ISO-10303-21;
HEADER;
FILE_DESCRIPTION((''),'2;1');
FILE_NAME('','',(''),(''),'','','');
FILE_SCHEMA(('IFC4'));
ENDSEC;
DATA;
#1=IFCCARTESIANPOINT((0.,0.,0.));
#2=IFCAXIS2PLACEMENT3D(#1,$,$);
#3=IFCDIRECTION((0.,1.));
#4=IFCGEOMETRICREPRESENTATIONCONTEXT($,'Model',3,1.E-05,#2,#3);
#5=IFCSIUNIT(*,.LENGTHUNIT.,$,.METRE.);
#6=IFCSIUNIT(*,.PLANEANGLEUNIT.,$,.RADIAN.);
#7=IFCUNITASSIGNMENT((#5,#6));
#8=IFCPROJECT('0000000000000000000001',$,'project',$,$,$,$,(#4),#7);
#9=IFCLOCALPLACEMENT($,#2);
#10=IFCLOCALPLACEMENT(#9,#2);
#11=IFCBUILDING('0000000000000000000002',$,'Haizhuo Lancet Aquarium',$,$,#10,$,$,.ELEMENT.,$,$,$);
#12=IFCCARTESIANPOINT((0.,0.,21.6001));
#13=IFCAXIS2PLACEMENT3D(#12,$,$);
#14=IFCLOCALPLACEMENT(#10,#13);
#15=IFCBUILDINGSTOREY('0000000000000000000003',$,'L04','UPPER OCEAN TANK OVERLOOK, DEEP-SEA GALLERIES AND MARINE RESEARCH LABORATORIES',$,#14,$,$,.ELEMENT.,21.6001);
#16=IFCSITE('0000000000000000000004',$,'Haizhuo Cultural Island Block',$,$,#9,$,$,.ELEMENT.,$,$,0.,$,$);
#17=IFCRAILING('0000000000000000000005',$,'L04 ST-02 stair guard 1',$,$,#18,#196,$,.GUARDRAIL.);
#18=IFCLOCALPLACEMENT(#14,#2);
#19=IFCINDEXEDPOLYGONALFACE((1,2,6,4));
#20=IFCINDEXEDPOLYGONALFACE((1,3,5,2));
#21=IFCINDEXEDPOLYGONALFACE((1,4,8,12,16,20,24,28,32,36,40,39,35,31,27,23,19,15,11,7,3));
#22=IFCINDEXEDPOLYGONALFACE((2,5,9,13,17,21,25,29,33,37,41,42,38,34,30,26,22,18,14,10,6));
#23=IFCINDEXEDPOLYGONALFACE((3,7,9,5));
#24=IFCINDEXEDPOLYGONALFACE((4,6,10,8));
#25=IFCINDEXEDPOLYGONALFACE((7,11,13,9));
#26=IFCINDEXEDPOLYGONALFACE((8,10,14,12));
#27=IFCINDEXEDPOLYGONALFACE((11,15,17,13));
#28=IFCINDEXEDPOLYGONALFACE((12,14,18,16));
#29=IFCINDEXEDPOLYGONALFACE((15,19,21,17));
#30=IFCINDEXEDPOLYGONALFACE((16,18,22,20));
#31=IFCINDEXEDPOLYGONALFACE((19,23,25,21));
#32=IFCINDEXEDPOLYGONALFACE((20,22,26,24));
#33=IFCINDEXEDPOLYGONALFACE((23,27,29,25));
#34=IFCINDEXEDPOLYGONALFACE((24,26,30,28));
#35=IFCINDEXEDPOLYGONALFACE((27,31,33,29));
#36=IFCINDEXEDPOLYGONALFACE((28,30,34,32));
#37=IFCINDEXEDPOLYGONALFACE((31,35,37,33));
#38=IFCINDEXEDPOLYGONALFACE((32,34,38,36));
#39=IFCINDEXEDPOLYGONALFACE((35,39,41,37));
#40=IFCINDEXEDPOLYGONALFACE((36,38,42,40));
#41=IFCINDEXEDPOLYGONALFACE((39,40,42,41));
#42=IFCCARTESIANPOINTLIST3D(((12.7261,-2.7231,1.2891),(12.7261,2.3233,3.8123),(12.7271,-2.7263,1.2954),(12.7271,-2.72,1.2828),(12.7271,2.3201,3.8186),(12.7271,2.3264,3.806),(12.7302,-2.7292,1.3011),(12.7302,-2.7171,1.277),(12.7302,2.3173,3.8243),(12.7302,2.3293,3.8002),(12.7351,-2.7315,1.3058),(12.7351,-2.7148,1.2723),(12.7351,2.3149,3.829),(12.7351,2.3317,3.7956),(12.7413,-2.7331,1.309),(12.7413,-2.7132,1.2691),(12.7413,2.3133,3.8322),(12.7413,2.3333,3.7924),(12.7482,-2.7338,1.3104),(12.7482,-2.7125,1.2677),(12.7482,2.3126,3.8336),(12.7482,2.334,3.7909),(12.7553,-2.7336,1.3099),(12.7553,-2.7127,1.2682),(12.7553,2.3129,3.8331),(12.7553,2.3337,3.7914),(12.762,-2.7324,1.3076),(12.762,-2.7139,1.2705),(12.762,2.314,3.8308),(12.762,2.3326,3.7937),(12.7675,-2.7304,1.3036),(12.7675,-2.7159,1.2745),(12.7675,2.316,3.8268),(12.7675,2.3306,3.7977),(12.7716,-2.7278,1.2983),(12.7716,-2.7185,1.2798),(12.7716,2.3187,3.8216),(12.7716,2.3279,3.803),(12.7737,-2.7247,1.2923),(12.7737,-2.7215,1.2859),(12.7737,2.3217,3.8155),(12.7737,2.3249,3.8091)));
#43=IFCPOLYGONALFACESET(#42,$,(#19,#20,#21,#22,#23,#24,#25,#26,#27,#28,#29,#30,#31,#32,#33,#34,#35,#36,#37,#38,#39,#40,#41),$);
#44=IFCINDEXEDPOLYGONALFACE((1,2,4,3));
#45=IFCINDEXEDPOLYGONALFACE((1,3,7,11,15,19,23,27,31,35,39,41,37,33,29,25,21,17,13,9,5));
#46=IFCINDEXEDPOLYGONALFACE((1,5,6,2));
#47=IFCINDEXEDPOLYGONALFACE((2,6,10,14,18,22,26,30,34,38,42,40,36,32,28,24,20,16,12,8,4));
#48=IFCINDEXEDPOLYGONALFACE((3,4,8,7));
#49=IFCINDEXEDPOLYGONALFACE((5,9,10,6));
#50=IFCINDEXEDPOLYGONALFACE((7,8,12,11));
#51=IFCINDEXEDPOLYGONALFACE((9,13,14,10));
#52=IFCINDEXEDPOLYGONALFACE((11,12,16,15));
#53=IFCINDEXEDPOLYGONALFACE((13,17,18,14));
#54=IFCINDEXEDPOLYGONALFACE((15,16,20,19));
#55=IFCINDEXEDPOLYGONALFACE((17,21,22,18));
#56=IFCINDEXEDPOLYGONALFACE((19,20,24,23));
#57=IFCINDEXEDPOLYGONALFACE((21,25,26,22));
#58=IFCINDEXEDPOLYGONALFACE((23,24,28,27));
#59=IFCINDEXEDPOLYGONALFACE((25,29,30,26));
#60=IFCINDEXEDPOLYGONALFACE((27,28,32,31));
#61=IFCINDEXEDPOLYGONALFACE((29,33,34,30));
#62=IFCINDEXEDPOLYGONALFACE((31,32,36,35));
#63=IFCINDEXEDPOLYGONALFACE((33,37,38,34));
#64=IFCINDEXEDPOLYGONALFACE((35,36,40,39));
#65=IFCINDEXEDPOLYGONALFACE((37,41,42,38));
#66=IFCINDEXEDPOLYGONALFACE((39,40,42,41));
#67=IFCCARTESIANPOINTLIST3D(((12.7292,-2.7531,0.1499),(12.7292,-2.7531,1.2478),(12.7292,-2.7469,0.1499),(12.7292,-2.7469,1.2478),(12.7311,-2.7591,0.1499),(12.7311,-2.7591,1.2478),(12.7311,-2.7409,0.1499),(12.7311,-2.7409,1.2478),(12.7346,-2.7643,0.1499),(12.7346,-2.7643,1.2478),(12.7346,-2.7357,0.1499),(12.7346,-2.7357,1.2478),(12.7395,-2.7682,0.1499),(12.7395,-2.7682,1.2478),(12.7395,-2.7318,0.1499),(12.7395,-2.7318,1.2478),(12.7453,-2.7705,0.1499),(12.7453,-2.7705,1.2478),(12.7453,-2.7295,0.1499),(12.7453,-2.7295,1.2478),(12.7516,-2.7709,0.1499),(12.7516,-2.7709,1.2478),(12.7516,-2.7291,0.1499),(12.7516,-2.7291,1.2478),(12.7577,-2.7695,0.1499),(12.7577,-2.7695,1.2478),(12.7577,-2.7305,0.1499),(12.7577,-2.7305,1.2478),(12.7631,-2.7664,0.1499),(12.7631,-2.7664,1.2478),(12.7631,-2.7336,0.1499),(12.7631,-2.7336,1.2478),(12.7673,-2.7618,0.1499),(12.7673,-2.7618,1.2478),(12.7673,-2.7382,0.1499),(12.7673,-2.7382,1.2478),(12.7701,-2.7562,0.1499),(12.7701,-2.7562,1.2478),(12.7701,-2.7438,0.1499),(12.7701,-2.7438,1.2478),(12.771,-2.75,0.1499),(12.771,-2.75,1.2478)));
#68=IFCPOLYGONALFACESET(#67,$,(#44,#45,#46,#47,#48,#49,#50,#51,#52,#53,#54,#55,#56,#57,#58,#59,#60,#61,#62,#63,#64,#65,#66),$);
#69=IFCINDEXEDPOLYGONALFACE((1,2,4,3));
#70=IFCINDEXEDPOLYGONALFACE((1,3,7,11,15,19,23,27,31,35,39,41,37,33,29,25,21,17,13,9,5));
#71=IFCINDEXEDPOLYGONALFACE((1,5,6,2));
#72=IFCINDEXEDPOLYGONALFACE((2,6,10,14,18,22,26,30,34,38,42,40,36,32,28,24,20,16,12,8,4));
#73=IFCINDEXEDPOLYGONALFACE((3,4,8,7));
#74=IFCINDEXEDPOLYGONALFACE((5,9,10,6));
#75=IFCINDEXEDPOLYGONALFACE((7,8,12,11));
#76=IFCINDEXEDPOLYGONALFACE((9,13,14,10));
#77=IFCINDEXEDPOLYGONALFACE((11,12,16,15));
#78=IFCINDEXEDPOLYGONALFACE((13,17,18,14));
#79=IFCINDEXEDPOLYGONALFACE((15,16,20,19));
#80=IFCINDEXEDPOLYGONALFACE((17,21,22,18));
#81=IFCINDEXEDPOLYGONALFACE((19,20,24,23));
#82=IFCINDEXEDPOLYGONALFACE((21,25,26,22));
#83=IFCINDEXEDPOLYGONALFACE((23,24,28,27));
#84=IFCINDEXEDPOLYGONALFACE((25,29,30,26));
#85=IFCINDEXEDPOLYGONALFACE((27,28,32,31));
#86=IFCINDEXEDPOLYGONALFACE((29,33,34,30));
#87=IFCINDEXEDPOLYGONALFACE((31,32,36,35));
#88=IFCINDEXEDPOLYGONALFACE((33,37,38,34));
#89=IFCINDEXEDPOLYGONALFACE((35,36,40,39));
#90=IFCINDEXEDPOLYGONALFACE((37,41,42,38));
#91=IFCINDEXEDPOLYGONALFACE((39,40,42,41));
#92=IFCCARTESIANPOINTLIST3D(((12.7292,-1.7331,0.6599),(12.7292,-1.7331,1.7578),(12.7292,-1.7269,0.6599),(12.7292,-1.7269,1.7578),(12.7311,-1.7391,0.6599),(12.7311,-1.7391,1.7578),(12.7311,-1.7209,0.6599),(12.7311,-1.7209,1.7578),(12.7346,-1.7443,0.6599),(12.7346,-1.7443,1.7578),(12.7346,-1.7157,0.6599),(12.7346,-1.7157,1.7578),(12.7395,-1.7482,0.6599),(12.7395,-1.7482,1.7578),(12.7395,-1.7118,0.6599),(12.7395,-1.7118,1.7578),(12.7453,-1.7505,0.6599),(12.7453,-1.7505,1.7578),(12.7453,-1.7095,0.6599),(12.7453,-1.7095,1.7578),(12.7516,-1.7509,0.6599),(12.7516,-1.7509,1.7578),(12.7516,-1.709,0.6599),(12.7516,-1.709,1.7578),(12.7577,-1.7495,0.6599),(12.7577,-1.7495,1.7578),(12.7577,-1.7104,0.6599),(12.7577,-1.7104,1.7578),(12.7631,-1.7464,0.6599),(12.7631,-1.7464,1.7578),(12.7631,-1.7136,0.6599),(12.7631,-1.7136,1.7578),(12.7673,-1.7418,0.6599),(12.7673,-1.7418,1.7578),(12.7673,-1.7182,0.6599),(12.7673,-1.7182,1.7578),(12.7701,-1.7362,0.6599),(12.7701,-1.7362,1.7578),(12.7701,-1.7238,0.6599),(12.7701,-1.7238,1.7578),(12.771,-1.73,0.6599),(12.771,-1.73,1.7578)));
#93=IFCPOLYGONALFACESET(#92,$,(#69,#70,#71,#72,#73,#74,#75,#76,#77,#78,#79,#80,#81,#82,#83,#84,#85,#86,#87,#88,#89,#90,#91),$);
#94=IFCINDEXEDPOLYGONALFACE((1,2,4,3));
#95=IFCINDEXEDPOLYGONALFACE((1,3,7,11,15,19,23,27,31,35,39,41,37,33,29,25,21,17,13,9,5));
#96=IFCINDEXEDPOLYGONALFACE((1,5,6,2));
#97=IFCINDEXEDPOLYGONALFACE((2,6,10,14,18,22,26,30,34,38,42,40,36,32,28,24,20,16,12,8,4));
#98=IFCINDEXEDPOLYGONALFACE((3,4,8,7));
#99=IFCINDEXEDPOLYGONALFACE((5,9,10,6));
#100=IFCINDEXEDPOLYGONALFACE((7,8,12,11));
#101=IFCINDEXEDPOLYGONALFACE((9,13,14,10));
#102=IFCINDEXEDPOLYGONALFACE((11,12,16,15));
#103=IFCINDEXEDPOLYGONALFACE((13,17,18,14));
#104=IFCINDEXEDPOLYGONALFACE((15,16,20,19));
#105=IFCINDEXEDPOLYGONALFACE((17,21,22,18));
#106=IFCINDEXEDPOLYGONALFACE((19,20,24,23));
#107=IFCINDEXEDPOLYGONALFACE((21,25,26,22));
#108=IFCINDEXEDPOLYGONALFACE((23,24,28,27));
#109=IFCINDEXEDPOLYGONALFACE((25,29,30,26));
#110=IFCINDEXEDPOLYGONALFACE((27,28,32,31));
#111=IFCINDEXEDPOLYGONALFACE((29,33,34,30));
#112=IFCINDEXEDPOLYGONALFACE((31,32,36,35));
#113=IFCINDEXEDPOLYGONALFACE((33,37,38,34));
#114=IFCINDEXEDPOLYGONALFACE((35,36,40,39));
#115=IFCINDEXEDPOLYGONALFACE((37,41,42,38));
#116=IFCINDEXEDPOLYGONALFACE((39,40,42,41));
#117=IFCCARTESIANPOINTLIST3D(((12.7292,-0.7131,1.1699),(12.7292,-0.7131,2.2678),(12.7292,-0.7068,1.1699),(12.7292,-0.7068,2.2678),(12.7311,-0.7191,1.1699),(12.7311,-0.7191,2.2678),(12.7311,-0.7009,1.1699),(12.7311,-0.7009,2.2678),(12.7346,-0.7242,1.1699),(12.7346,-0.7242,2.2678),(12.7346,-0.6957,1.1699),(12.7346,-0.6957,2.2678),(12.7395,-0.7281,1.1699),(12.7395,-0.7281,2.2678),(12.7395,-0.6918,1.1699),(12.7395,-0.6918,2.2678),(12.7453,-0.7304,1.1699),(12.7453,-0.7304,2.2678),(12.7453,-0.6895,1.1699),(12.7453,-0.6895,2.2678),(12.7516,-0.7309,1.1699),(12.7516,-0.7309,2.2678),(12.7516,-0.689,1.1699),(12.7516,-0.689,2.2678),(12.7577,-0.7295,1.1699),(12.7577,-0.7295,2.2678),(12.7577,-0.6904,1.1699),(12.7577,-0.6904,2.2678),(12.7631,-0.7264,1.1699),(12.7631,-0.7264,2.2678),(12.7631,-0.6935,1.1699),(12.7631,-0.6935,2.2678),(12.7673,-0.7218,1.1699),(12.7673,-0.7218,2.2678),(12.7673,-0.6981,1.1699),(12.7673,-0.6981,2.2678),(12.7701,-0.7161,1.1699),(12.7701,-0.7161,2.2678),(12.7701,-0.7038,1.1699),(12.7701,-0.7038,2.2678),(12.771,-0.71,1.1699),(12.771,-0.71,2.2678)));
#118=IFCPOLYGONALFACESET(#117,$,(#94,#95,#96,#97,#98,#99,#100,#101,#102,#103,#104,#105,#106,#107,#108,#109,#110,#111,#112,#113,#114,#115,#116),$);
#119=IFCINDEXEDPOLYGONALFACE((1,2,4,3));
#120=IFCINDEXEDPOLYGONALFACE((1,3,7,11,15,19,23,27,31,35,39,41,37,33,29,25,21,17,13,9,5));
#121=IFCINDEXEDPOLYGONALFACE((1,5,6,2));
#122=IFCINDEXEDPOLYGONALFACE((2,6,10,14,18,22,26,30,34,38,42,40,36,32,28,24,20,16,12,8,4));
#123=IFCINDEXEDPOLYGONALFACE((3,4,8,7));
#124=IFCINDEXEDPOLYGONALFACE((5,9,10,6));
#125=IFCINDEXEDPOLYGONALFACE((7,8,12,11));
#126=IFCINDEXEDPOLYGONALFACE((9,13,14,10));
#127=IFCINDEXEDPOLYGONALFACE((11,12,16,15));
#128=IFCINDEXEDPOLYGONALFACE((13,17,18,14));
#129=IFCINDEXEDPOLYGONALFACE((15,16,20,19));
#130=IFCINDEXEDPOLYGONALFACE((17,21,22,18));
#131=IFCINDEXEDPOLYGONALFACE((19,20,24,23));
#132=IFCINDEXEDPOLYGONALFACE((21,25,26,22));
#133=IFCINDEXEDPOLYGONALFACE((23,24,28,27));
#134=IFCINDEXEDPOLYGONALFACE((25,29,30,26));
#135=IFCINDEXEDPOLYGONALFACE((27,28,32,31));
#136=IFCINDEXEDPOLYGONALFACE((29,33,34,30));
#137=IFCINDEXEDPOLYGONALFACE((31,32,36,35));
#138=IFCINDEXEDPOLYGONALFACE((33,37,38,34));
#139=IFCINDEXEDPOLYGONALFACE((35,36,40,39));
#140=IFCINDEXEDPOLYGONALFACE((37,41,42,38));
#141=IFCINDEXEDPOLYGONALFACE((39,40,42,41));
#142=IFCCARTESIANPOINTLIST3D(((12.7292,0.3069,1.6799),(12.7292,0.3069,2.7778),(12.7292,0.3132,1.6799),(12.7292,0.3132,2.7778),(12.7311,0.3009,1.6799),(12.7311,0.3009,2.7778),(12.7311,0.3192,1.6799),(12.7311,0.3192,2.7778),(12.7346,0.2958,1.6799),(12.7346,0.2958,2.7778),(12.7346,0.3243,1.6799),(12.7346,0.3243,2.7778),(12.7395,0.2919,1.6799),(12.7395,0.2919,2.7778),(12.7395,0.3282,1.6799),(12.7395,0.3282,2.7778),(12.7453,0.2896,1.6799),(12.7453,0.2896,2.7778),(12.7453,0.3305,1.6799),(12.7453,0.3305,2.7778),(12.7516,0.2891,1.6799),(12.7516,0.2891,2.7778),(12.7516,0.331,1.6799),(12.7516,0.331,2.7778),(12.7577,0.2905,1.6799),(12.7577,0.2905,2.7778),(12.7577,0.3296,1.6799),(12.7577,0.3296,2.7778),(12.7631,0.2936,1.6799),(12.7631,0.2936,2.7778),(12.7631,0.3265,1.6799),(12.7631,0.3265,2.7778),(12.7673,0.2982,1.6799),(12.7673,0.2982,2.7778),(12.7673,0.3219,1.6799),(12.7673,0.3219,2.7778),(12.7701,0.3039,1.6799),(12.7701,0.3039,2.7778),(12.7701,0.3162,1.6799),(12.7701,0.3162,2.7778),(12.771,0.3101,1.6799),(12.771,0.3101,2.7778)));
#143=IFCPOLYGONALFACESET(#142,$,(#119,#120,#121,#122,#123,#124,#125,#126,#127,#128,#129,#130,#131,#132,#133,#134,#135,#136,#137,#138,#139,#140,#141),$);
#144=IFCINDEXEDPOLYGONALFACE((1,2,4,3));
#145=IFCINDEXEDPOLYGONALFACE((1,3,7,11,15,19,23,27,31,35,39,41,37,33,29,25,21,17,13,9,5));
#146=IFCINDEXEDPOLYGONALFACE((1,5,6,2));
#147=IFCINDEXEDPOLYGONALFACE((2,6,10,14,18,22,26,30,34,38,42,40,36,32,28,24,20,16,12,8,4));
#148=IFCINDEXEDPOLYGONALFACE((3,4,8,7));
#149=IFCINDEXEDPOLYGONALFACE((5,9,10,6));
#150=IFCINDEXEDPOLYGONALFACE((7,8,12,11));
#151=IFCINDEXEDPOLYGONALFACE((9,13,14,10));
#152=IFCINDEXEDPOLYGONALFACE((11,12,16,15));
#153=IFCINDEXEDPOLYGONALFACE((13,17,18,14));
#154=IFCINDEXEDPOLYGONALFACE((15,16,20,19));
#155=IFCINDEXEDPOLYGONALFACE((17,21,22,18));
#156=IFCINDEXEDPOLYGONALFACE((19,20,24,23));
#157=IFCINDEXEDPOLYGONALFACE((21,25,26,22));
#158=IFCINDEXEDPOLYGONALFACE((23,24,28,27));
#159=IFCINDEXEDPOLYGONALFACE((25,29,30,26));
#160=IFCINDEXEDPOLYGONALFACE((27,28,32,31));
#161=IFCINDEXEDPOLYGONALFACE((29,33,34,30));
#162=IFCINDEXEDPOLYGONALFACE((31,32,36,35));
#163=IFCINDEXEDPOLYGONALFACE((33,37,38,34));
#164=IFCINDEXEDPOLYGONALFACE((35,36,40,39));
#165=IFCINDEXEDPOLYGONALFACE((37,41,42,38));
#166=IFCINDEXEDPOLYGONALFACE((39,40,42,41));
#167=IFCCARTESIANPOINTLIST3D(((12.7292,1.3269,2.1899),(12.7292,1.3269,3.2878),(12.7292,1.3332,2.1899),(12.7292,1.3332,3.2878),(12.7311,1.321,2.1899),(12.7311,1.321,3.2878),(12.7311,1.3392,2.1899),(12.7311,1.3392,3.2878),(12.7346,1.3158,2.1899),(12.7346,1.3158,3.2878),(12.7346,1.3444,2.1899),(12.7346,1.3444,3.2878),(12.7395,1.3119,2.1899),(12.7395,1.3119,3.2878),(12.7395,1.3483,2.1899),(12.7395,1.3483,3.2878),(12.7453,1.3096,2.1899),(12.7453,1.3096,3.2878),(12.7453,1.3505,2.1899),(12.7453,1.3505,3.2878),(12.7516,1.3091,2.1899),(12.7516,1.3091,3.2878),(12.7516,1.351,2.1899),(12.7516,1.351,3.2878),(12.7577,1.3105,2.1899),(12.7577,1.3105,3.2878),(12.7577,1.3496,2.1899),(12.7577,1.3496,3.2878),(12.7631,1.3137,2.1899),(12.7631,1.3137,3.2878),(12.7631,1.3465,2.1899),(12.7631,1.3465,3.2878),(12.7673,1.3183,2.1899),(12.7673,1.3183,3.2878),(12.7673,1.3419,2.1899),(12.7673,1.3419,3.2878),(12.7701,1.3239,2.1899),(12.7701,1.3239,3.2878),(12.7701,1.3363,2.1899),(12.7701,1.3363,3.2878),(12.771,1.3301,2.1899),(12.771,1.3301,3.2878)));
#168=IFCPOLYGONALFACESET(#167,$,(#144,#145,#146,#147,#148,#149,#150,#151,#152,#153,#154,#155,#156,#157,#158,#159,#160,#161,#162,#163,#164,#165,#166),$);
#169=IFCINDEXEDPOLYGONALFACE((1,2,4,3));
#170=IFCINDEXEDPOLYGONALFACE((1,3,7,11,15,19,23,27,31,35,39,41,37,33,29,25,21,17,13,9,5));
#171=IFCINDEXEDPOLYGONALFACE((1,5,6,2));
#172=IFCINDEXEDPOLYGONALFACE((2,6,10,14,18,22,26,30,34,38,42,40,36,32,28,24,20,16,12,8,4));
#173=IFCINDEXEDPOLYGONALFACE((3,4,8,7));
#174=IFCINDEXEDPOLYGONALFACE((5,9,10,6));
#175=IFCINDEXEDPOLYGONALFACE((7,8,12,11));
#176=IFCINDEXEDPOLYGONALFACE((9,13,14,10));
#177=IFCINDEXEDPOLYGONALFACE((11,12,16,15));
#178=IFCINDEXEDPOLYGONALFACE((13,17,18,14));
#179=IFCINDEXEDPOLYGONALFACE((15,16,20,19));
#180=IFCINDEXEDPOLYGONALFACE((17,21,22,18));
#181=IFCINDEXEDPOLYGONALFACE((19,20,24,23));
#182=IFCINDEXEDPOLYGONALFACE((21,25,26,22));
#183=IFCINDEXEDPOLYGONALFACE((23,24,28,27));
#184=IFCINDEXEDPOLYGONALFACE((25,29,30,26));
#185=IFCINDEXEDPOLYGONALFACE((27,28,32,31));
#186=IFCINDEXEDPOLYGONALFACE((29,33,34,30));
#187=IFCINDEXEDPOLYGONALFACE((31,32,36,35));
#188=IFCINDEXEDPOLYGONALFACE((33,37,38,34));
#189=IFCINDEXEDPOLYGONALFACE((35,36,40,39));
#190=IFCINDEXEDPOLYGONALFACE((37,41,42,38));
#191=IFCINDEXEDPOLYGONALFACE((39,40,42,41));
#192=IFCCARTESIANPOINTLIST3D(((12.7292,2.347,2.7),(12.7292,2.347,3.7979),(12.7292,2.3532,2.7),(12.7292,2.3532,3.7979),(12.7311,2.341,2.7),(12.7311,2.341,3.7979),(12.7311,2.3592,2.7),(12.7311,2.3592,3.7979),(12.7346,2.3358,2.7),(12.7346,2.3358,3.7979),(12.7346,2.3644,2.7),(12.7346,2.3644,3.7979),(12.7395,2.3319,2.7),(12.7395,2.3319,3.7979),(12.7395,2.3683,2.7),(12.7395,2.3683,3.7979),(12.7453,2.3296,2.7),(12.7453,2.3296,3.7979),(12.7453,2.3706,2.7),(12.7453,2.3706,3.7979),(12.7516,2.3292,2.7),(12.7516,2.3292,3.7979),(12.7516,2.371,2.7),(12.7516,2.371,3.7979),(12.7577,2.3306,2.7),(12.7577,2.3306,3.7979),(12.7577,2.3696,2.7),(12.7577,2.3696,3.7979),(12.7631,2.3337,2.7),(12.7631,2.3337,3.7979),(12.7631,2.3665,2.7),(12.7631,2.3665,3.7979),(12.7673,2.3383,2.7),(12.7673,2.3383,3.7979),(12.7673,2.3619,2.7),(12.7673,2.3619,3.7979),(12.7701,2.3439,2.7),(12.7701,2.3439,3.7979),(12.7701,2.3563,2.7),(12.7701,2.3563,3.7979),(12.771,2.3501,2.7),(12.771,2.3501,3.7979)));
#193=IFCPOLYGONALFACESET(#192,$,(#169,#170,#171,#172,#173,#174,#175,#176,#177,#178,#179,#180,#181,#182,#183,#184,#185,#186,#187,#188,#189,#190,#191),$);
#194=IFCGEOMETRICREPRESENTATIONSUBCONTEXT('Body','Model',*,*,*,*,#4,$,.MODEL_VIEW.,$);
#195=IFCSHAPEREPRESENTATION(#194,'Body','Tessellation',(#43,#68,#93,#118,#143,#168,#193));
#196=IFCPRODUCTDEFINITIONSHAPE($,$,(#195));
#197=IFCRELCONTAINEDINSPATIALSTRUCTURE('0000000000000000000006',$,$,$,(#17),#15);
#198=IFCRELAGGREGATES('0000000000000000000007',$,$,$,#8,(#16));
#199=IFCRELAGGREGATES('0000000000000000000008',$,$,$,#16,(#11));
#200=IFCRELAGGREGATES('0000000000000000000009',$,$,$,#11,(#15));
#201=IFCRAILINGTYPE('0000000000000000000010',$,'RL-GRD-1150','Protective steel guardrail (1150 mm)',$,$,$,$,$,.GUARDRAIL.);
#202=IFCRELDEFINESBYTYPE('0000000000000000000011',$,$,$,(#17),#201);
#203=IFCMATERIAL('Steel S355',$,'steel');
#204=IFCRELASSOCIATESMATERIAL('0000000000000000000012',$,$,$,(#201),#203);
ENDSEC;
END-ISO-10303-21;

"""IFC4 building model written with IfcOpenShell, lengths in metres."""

from ifc_helpers import new_model, si_unit, direction, frame, origin, origin_2d, place, context, subcontext, project, spatial, circle, extrude, material, type_object, element, save


model = new_model("IFC4")

# Units and contexts
model_context = context("Model", 3, precision=1e-05, world=origin(), true_north=direction((0.0, 1.0)))
body_context = subcontext(model_context, "Body", "Model", "MODEL_VIEW")
ifc_project = project(units=[si_unit("LENGTHUNIT", "METRE"), si_unit("PLANEANGLEUNIT", "RADIAN")], contexts=[model_context])

# Site, building, storey
site_placement = place(None, origin())
site = spatial("IfcSite", under=ifc_project, at=site_placement, Name="Haizhuo Cultural Island Block", CompositionType="ELEMENT", RefElevation=0.0)
building_placement = place(site_placement, origin())
building = spatial("IfcBuilding", under=site, at=building_placement, Name="Haizhuo Lancet Aquarium", CompositionType="ELEMENT")
storey_placement = place(building_placement, frame((0.0, 0.0, 21.6001)))
storey = spatial("IfcBuildingStorey", under=building, at=storey_placement, Name="L04", Description="UPPER OCEAN TANK OVERLOOK, DEEP-SEA GALLERIES AND MARINE RESEARCH LABORATORIES", CompositionType="ELEMENT", Elevation=21.6001)

# Shared definitions
ifc_material_1 = material(Name="Steel S355", Category="steel")

# Railing
railing_type_1 = type_object("IfcRailingType", Name="RL-GRD-1150", Description="Protective steel guardrail (1150 mm)", PredefinedType="GUARDRAIL", material=ifc_material_1)
railing_1_placement = place(storey_placement, frame((12.75, -2.75, 0.1499)))
element("IfcRailing", 1, at=railing_1_placement, inside=storey, type_object=railing_type_1, Name="L04 ST-02 stair guard 1", PredefinedType="GUARDRAIL", context=body_context, shape_type="SweptSolid", body=[
    extrude(circle(Radius=0.0239, at=origin_2d()), frame((0.0, 0.0269, 1.1392), z_axis=(0.0, 0.894427, 0.447214), x_axis=(-1.0, 0.0, 0.0)), (0.0, 0.0, 1.0), 5.6421),
    extrude(circle(Radius=0.021, at=origin_2d()), origin(), (0.0, 0.0, 1.0), 1.0979),
    extrude(circle(Radius=0.021, at=origin_2d()), frame((0.0, 1.02, 0.51)), (0.0, 0.0, 1.0), 1.0979),
    extrude(circle(Radius=0.021, at=origin_2d()), frame((0.0, 2.04, 1.02)), (0.0, 0.0, 1.0), 1.0979),
    extrude(circle(Radius=0.021, at=origin_2d()), frame((0.0, 3.0601, 1.53)), (0.0, 0.0, 1.0), 1.0979),
    extrude(circle(Radius=0.021, at=origin_2d()), frame((0.0, 4.0801, 2.04)), (0.0, 0.0, 1.0), 1.0979),
    extrude(circle(Radius=0.021, at=origin_2d()), frame((0.0, 5.1001, 2.55)), (0.0, 0.0, 1.0), 1.0979),
])

save(model, "model.ifc")
